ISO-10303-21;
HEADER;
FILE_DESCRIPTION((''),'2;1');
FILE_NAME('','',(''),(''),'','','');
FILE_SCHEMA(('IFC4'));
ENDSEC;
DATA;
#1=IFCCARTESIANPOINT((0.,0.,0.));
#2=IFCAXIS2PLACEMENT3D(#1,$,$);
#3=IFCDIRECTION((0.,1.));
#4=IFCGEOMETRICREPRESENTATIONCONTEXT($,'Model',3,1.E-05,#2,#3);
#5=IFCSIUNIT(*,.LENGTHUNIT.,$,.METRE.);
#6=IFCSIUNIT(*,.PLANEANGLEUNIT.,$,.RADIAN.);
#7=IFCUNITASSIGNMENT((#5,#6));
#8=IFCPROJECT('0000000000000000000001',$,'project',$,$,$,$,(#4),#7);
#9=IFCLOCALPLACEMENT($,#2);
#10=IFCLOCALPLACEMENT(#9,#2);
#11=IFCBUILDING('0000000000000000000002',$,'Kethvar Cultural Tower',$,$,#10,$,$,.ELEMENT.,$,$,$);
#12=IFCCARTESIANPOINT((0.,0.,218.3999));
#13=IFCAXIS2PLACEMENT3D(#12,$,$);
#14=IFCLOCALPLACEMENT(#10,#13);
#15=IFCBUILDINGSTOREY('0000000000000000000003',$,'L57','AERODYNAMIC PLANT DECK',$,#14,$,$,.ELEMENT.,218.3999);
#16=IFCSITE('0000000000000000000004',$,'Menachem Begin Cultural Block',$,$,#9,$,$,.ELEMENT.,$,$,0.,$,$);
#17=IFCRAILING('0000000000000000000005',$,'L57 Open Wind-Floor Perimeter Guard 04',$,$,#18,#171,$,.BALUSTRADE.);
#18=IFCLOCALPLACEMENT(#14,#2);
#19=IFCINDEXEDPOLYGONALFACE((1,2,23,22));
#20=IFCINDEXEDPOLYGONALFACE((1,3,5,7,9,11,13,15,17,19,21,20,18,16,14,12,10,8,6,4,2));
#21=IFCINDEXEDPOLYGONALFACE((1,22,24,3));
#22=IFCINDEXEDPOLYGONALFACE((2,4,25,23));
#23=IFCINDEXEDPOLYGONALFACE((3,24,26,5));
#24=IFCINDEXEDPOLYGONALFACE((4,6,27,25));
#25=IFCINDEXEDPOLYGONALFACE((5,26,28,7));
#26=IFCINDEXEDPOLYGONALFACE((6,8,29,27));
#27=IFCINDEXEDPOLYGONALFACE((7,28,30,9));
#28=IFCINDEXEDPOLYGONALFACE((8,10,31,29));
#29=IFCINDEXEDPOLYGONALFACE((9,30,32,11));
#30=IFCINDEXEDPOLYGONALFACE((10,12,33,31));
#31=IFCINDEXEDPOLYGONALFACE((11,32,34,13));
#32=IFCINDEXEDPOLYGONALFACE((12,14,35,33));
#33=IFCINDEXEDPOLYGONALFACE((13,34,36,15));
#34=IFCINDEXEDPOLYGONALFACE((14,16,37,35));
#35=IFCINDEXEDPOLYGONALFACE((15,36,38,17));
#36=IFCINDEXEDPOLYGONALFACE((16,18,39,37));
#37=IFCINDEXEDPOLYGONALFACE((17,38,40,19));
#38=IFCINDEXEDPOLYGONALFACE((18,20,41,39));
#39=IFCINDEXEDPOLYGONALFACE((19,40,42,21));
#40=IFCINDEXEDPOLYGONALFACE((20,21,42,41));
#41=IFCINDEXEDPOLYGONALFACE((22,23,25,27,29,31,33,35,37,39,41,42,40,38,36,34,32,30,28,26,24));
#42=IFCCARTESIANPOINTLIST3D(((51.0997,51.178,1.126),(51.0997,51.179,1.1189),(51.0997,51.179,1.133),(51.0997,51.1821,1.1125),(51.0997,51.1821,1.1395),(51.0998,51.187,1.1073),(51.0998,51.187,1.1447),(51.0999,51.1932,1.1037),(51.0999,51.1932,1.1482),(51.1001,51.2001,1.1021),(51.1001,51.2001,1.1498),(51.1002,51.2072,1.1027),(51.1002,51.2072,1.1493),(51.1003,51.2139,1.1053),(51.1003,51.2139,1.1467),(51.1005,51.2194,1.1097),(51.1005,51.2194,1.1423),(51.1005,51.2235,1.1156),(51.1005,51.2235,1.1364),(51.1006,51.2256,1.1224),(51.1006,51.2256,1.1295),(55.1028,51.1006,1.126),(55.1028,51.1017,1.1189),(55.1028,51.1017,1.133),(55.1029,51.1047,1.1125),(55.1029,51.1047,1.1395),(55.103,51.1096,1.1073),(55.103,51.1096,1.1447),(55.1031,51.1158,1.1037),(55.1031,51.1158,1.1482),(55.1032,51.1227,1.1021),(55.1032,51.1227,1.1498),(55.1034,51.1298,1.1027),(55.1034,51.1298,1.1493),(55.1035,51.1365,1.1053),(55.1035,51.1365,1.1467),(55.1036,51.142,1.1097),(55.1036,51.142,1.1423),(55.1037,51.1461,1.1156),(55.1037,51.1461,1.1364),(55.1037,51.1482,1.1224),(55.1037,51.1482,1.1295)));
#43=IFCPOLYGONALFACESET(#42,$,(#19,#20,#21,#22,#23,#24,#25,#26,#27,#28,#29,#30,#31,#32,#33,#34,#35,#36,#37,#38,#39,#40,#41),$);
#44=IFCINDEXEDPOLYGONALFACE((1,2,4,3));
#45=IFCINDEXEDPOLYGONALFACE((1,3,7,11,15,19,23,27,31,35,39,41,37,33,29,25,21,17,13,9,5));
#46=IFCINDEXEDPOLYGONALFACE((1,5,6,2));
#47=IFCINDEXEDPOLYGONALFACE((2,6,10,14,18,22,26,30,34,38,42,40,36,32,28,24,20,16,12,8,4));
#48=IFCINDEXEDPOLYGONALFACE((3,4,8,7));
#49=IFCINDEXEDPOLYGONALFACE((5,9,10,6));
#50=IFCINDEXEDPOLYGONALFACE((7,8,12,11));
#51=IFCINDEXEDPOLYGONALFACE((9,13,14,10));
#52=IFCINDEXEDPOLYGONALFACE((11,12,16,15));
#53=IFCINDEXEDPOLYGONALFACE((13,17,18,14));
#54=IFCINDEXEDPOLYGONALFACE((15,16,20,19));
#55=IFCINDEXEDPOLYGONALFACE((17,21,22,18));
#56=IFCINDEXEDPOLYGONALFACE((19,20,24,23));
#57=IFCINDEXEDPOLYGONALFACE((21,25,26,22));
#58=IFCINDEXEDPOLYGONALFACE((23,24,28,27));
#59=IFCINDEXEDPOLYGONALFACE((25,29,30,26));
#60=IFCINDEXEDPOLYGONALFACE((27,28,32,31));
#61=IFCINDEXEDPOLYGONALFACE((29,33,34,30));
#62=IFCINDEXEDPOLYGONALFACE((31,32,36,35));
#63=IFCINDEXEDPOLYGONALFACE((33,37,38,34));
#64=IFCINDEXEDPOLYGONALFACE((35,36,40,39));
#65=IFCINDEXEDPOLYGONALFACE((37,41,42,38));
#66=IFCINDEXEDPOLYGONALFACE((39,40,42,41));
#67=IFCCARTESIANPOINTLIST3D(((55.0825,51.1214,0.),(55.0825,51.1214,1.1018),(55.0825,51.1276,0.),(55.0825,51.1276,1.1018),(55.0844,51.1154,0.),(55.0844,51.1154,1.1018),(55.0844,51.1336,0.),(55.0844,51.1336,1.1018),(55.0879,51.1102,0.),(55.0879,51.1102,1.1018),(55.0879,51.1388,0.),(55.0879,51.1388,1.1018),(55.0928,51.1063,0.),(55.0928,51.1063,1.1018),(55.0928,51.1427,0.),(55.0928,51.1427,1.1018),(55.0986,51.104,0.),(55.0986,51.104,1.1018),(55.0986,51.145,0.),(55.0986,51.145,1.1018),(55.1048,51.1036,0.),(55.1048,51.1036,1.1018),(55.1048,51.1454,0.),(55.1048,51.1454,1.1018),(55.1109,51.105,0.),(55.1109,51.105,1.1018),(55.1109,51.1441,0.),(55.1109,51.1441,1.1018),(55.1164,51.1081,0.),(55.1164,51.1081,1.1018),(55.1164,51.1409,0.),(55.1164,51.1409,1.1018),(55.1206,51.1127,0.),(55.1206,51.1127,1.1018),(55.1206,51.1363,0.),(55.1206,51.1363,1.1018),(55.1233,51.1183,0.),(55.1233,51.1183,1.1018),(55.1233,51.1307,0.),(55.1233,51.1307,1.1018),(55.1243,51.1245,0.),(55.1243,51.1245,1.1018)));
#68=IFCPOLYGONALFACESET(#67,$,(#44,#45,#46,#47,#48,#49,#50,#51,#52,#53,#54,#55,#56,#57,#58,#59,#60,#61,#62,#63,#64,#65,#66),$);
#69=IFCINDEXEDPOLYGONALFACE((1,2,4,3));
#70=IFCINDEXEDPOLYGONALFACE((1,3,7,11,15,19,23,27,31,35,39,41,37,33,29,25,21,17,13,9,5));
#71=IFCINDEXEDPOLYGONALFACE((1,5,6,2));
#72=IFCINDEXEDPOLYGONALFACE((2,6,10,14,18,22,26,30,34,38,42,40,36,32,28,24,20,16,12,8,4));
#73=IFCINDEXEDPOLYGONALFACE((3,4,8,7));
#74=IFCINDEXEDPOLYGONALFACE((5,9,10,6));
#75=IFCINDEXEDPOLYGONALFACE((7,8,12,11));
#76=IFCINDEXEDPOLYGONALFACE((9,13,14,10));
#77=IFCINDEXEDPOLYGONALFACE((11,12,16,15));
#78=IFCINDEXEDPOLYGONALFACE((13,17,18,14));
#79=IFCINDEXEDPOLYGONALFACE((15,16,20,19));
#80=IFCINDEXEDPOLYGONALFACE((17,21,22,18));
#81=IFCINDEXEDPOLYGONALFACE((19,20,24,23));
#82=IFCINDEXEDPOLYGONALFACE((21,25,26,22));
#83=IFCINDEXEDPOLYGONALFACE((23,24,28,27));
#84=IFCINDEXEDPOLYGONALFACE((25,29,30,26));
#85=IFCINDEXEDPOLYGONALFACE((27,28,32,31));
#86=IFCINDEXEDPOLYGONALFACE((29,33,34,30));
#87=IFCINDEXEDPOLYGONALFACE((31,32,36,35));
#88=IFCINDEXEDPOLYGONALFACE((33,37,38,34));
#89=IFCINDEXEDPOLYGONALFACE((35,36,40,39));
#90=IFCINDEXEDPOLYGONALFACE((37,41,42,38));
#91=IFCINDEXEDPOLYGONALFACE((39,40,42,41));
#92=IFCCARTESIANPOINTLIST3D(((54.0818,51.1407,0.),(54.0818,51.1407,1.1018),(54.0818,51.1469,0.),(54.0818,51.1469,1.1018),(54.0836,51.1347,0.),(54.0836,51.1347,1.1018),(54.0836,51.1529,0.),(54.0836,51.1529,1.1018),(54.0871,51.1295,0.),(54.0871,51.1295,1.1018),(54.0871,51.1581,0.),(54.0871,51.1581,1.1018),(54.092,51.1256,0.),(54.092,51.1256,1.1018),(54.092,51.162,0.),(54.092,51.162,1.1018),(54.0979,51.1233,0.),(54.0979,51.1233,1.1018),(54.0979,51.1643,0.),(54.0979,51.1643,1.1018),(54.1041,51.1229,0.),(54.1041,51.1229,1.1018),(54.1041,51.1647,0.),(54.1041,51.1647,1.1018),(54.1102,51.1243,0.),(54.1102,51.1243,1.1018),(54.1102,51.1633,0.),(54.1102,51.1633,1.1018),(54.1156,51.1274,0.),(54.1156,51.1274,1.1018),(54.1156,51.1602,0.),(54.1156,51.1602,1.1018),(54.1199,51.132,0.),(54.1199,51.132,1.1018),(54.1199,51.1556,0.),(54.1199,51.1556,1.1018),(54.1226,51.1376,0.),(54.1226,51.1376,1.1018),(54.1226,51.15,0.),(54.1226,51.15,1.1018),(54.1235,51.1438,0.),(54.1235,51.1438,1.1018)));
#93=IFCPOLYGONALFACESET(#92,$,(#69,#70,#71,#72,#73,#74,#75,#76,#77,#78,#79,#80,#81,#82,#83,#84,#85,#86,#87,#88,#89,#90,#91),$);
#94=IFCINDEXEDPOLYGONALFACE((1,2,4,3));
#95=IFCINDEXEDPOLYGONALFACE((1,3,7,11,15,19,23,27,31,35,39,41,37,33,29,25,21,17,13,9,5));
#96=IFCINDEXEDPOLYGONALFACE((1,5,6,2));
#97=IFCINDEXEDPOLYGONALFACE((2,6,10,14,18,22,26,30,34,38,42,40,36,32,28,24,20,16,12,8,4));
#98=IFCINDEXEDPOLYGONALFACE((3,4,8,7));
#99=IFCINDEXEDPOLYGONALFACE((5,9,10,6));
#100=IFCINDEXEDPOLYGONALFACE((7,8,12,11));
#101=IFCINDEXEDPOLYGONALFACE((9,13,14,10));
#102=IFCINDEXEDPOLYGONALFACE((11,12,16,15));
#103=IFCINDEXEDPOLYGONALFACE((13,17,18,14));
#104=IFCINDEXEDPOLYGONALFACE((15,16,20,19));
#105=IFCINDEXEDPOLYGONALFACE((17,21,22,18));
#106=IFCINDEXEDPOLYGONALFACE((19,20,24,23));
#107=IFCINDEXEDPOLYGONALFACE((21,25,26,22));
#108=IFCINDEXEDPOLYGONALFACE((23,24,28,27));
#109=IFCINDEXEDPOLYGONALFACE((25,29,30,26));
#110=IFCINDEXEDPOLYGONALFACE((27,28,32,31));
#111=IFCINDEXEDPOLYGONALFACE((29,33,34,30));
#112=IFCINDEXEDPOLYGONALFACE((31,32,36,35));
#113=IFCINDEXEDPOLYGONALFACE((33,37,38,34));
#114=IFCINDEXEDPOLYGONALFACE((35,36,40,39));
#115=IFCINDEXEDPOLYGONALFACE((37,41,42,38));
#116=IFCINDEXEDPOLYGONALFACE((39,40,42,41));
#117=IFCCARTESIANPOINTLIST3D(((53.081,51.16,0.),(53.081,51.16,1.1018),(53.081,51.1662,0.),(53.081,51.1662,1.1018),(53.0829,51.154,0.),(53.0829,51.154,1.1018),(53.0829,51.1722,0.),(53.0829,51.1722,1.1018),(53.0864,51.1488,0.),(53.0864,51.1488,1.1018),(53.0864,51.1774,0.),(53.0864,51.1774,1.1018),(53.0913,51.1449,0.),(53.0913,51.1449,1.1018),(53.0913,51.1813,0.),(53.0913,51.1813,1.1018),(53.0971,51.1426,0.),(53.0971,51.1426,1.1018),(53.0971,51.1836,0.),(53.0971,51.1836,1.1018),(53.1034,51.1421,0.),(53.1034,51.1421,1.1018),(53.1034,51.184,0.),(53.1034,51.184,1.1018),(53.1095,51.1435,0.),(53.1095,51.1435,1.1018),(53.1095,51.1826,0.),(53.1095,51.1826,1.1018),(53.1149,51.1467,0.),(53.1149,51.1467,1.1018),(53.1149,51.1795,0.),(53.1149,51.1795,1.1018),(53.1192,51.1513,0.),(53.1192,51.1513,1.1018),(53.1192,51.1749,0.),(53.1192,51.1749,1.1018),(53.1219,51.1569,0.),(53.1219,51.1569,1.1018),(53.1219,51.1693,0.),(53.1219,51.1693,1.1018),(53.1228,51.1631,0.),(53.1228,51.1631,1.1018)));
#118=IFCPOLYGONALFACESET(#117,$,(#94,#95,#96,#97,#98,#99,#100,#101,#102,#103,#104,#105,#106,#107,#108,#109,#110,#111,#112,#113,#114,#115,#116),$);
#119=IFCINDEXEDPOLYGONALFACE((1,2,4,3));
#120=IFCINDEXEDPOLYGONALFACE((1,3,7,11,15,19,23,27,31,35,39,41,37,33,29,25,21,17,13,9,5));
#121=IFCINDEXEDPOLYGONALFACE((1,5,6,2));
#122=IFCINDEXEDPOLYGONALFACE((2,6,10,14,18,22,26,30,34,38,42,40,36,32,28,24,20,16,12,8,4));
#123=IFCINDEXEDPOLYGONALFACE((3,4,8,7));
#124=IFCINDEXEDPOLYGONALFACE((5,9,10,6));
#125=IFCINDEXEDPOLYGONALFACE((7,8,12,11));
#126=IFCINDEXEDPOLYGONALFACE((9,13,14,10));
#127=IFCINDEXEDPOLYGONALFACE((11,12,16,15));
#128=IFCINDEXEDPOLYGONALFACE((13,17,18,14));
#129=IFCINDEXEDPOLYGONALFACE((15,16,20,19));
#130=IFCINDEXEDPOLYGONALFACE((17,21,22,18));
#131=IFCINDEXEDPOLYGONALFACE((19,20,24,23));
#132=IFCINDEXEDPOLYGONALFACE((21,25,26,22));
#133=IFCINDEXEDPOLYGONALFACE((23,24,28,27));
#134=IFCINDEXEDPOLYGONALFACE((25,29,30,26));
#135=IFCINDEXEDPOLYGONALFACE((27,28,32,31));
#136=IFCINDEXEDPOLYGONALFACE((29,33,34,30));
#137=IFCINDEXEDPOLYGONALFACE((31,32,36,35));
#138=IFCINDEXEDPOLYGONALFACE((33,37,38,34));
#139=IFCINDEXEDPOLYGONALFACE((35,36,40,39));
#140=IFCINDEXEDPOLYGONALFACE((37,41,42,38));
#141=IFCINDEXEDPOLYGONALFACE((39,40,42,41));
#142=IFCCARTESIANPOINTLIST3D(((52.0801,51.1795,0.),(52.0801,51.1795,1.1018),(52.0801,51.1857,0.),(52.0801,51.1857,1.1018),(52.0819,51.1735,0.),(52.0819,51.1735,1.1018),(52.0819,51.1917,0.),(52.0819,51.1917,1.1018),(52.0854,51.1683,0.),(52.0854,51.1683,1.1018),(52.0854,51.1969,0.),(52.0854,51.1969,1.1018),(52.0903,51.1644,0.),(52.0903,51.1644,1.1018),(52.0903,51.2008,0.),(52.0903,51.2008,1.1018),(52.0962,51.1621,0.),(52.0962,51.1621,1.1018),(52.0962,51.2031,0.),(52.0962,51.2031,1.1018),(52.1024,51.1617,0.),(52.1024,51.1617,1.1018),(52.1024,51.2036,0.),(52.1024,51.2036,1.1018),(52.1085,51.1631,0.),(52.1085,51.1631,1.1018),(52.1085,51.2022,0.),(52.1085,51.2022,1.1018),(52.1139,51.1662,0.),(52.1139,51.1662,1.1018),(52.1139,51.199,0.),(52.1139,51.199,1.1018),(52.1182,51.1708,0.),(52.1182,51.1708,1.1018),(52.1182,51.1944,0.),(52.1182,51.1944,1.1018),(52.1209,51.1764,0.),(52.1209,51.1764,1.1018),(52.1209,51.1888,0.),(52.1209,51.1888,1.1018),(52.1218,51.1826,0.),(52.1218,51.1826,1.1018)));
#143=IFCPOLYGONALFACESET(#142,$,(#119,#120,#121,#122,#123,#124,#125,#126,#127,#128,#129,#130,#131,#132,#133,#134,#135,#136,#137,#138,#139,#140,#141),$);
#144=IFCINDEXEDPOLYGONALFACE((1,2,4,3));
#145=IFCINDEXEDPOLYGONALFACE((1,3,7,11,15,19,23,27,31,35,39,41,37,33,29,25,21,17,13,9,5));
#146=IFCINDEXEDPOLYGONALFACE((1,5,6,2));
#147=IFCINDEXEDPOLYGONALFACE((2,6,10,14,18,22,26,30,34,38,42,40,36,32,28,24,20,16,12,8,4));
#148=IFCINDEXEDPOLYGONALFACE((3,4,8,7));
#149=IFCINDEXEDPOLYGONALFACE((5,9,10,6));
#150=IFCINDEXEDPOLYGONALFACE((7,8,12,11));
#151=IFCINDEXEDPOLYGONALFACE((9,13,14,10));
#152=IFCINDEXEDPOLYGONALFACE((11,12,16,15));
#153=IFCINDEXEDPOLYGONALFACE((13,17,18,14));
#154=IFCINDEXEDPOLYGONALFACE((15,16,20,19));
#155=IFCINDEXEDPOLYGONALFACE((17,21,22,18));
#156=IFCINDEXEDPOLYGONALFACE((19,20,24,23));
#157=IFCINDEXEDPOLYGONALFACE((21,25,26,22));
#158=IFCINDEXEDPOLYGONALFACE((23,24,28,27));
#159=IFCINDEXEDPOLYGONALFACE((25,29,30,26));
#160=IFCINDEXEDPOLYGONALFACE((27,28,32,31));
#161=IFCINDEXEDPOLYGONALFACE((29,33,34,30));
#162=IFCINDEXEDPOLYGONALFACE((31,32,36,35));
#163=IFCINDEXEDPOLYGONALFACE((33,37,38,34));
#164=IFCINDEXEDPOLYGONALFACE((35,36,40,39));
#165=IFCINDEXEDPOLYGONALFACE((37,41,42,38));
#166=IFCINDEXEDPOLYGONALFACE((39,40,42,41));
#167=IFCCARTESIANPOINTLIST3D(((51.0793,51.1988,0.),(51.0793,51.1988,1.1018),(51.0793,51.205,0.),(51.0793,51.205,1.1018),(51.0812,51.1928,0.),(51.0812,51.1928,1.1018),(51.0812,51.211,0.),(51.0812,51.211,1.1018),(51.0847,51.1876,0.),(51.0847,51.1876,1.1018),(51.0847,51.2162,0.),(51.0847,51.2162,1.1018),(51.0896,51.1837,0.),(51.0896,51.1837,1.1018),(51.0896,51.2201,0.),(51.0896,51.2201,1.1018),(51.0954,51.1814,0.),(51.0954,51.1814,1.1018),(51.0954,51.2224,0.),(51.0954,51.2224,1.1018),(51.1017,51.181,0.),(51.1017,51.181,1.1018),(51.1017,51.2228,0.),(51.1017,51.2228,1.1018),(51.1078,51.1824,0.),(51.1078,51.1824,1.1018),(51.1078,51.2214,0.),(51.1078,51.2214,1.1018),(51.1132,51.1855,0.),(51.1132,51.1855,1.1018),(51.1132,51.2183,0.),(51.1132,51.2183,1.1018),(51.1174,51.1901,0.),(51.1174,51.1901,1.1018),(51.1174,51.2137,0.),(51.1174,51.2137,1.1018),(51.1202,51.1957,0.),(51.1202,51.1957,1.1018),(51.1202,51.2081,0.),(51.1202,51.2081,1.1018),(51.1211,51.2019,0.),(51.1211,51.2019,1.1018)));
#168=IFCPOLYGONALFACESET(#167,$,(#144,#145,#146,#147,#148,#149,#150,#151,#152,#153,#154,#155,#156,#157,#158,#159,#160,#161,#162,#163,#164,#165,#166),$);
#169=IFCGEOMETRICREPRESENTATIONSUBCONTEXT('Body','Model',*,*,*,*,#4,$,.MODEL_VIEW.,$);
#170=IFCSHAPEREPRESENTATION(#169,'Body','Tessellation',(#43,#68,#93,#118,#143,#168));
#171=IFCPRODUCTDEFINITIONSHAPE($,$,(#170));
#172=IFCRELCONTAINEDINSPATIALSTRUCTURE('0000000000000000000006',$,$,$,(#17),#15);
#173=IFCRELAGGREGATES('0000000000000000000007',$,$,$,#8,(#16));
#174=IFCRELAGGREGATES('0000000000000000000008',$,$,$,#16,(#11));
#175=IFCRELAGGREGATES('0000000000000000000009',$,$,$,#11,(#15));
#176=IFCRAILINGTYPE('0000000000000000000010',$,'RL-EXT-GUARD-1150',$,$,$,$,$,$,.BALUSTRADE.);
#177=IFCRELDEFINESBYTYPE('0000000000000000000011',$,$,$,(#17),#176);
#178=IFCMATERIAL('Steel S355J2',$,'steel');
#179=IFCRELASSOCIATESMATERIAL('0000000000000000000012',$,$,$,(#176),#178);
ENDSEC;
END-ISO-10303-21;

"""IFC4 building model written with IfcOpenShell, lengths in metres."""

from ifc_helpers import new_model, si_unit, direction, frame, origin, origin_2d, place, context, subcontext, project, spatial, circle, extrude, material, type_object, element, save


model = new_model("IFC4")

# Units and contexts
model_context = context("Model", 3, precision=1e-05, world=origin(), true_north=direction((0.0, 1.0)))
body_context = subcontext(model_context, "Body", "Model", "MODEL_VIEW")
ifc_project = project(units=[si_unit("LENGTHUNIT", "METRE"), si_unit("PLANEANGLEUNIT", "RADIAN")], contexts=[model_context])

# Site, building, storey
site_placement = place(None, origin())
site = spatial("IfcSite", under=ifc_project, at=site_placement, Name="Menachem Begin Cultural Block", CompositionType="ELEMENT", RefElevation=0.0)
building_placement = place(site_placement, origin())
building = spatial("IfcBuilding", under=site, at=building_placement, Name="Kethvar Cultural Tower", CompositionType="ELEMENT")
storey_placement = place(building_placement, frame((0.0, 0.0, 218.3999)))
storey = spatial("IfcBuildingStorey", under=building, at=storey_placement, Name="L57", Description="AERODYNAMIC PLANT DECK", CompositionType="ELEMENT", Elevation=218.3999)

# Shared definitions
ifc_material_1 = material(Name="Steel S355J2", Category="steel")

# Railing
railing_type_1 = type_object("IfcRailingType", Name="RL-EXT-GUARD-1150", PredefinedType="BALUSTRADE", material=ifc_material_1)
railing_1_placement = place(storey_placement, frame((55.1033, 51.1245, 0.0)))
element("IfcRailing", 1, at=railing_1_placement, inside=storey, type_object=railing_type_1, Name="L57 Open Wind-Floor Perimeter Guard 04", PredefinedType="BALUSTRADE", context=body_context, shape_type="SweptSolid", body=[
    extrude(circle(Radius=0.0239, at=origin_2d()), frame((0.0, 0.0, 1.126), z_axis=(-0.999813, 0.019329, 0.0), x_axis=(-0.019329, -0.999813, 0.0)), (0.0, 0.0, 1.0), 4.0039),
    extrude(circle(Radius=0.021, at=origin_2d()), origin(), (0.0, 0.0, 1.0), 1.1018),
    extrude(circle(Radius=0.021, at=origin_2d()), frame((-1.0007, 0.0193, 0.0)), (0.0, 0.0, 1.0), 1.1018),
    extrude(circle(Radius=0.021, at=origin_2d()), frame((-2.0015, 0.0386, 0.0)), (0.0, 0.0, 1.0), 1.1018),
    extrude(circle(Radius=0.021, at=origin_2d()), frame((-3.0024, 0.0581, 0.0)), (0.0, 0.0, 1.0), 1.1018),
    extrude(circle(Radius=0.021, at=origin_2d()), frame((-4.0032, 0.0774, 0.0)), (0.0, 0.0, 1.0), 1.1018),
])

save(model, "model.ifc")
